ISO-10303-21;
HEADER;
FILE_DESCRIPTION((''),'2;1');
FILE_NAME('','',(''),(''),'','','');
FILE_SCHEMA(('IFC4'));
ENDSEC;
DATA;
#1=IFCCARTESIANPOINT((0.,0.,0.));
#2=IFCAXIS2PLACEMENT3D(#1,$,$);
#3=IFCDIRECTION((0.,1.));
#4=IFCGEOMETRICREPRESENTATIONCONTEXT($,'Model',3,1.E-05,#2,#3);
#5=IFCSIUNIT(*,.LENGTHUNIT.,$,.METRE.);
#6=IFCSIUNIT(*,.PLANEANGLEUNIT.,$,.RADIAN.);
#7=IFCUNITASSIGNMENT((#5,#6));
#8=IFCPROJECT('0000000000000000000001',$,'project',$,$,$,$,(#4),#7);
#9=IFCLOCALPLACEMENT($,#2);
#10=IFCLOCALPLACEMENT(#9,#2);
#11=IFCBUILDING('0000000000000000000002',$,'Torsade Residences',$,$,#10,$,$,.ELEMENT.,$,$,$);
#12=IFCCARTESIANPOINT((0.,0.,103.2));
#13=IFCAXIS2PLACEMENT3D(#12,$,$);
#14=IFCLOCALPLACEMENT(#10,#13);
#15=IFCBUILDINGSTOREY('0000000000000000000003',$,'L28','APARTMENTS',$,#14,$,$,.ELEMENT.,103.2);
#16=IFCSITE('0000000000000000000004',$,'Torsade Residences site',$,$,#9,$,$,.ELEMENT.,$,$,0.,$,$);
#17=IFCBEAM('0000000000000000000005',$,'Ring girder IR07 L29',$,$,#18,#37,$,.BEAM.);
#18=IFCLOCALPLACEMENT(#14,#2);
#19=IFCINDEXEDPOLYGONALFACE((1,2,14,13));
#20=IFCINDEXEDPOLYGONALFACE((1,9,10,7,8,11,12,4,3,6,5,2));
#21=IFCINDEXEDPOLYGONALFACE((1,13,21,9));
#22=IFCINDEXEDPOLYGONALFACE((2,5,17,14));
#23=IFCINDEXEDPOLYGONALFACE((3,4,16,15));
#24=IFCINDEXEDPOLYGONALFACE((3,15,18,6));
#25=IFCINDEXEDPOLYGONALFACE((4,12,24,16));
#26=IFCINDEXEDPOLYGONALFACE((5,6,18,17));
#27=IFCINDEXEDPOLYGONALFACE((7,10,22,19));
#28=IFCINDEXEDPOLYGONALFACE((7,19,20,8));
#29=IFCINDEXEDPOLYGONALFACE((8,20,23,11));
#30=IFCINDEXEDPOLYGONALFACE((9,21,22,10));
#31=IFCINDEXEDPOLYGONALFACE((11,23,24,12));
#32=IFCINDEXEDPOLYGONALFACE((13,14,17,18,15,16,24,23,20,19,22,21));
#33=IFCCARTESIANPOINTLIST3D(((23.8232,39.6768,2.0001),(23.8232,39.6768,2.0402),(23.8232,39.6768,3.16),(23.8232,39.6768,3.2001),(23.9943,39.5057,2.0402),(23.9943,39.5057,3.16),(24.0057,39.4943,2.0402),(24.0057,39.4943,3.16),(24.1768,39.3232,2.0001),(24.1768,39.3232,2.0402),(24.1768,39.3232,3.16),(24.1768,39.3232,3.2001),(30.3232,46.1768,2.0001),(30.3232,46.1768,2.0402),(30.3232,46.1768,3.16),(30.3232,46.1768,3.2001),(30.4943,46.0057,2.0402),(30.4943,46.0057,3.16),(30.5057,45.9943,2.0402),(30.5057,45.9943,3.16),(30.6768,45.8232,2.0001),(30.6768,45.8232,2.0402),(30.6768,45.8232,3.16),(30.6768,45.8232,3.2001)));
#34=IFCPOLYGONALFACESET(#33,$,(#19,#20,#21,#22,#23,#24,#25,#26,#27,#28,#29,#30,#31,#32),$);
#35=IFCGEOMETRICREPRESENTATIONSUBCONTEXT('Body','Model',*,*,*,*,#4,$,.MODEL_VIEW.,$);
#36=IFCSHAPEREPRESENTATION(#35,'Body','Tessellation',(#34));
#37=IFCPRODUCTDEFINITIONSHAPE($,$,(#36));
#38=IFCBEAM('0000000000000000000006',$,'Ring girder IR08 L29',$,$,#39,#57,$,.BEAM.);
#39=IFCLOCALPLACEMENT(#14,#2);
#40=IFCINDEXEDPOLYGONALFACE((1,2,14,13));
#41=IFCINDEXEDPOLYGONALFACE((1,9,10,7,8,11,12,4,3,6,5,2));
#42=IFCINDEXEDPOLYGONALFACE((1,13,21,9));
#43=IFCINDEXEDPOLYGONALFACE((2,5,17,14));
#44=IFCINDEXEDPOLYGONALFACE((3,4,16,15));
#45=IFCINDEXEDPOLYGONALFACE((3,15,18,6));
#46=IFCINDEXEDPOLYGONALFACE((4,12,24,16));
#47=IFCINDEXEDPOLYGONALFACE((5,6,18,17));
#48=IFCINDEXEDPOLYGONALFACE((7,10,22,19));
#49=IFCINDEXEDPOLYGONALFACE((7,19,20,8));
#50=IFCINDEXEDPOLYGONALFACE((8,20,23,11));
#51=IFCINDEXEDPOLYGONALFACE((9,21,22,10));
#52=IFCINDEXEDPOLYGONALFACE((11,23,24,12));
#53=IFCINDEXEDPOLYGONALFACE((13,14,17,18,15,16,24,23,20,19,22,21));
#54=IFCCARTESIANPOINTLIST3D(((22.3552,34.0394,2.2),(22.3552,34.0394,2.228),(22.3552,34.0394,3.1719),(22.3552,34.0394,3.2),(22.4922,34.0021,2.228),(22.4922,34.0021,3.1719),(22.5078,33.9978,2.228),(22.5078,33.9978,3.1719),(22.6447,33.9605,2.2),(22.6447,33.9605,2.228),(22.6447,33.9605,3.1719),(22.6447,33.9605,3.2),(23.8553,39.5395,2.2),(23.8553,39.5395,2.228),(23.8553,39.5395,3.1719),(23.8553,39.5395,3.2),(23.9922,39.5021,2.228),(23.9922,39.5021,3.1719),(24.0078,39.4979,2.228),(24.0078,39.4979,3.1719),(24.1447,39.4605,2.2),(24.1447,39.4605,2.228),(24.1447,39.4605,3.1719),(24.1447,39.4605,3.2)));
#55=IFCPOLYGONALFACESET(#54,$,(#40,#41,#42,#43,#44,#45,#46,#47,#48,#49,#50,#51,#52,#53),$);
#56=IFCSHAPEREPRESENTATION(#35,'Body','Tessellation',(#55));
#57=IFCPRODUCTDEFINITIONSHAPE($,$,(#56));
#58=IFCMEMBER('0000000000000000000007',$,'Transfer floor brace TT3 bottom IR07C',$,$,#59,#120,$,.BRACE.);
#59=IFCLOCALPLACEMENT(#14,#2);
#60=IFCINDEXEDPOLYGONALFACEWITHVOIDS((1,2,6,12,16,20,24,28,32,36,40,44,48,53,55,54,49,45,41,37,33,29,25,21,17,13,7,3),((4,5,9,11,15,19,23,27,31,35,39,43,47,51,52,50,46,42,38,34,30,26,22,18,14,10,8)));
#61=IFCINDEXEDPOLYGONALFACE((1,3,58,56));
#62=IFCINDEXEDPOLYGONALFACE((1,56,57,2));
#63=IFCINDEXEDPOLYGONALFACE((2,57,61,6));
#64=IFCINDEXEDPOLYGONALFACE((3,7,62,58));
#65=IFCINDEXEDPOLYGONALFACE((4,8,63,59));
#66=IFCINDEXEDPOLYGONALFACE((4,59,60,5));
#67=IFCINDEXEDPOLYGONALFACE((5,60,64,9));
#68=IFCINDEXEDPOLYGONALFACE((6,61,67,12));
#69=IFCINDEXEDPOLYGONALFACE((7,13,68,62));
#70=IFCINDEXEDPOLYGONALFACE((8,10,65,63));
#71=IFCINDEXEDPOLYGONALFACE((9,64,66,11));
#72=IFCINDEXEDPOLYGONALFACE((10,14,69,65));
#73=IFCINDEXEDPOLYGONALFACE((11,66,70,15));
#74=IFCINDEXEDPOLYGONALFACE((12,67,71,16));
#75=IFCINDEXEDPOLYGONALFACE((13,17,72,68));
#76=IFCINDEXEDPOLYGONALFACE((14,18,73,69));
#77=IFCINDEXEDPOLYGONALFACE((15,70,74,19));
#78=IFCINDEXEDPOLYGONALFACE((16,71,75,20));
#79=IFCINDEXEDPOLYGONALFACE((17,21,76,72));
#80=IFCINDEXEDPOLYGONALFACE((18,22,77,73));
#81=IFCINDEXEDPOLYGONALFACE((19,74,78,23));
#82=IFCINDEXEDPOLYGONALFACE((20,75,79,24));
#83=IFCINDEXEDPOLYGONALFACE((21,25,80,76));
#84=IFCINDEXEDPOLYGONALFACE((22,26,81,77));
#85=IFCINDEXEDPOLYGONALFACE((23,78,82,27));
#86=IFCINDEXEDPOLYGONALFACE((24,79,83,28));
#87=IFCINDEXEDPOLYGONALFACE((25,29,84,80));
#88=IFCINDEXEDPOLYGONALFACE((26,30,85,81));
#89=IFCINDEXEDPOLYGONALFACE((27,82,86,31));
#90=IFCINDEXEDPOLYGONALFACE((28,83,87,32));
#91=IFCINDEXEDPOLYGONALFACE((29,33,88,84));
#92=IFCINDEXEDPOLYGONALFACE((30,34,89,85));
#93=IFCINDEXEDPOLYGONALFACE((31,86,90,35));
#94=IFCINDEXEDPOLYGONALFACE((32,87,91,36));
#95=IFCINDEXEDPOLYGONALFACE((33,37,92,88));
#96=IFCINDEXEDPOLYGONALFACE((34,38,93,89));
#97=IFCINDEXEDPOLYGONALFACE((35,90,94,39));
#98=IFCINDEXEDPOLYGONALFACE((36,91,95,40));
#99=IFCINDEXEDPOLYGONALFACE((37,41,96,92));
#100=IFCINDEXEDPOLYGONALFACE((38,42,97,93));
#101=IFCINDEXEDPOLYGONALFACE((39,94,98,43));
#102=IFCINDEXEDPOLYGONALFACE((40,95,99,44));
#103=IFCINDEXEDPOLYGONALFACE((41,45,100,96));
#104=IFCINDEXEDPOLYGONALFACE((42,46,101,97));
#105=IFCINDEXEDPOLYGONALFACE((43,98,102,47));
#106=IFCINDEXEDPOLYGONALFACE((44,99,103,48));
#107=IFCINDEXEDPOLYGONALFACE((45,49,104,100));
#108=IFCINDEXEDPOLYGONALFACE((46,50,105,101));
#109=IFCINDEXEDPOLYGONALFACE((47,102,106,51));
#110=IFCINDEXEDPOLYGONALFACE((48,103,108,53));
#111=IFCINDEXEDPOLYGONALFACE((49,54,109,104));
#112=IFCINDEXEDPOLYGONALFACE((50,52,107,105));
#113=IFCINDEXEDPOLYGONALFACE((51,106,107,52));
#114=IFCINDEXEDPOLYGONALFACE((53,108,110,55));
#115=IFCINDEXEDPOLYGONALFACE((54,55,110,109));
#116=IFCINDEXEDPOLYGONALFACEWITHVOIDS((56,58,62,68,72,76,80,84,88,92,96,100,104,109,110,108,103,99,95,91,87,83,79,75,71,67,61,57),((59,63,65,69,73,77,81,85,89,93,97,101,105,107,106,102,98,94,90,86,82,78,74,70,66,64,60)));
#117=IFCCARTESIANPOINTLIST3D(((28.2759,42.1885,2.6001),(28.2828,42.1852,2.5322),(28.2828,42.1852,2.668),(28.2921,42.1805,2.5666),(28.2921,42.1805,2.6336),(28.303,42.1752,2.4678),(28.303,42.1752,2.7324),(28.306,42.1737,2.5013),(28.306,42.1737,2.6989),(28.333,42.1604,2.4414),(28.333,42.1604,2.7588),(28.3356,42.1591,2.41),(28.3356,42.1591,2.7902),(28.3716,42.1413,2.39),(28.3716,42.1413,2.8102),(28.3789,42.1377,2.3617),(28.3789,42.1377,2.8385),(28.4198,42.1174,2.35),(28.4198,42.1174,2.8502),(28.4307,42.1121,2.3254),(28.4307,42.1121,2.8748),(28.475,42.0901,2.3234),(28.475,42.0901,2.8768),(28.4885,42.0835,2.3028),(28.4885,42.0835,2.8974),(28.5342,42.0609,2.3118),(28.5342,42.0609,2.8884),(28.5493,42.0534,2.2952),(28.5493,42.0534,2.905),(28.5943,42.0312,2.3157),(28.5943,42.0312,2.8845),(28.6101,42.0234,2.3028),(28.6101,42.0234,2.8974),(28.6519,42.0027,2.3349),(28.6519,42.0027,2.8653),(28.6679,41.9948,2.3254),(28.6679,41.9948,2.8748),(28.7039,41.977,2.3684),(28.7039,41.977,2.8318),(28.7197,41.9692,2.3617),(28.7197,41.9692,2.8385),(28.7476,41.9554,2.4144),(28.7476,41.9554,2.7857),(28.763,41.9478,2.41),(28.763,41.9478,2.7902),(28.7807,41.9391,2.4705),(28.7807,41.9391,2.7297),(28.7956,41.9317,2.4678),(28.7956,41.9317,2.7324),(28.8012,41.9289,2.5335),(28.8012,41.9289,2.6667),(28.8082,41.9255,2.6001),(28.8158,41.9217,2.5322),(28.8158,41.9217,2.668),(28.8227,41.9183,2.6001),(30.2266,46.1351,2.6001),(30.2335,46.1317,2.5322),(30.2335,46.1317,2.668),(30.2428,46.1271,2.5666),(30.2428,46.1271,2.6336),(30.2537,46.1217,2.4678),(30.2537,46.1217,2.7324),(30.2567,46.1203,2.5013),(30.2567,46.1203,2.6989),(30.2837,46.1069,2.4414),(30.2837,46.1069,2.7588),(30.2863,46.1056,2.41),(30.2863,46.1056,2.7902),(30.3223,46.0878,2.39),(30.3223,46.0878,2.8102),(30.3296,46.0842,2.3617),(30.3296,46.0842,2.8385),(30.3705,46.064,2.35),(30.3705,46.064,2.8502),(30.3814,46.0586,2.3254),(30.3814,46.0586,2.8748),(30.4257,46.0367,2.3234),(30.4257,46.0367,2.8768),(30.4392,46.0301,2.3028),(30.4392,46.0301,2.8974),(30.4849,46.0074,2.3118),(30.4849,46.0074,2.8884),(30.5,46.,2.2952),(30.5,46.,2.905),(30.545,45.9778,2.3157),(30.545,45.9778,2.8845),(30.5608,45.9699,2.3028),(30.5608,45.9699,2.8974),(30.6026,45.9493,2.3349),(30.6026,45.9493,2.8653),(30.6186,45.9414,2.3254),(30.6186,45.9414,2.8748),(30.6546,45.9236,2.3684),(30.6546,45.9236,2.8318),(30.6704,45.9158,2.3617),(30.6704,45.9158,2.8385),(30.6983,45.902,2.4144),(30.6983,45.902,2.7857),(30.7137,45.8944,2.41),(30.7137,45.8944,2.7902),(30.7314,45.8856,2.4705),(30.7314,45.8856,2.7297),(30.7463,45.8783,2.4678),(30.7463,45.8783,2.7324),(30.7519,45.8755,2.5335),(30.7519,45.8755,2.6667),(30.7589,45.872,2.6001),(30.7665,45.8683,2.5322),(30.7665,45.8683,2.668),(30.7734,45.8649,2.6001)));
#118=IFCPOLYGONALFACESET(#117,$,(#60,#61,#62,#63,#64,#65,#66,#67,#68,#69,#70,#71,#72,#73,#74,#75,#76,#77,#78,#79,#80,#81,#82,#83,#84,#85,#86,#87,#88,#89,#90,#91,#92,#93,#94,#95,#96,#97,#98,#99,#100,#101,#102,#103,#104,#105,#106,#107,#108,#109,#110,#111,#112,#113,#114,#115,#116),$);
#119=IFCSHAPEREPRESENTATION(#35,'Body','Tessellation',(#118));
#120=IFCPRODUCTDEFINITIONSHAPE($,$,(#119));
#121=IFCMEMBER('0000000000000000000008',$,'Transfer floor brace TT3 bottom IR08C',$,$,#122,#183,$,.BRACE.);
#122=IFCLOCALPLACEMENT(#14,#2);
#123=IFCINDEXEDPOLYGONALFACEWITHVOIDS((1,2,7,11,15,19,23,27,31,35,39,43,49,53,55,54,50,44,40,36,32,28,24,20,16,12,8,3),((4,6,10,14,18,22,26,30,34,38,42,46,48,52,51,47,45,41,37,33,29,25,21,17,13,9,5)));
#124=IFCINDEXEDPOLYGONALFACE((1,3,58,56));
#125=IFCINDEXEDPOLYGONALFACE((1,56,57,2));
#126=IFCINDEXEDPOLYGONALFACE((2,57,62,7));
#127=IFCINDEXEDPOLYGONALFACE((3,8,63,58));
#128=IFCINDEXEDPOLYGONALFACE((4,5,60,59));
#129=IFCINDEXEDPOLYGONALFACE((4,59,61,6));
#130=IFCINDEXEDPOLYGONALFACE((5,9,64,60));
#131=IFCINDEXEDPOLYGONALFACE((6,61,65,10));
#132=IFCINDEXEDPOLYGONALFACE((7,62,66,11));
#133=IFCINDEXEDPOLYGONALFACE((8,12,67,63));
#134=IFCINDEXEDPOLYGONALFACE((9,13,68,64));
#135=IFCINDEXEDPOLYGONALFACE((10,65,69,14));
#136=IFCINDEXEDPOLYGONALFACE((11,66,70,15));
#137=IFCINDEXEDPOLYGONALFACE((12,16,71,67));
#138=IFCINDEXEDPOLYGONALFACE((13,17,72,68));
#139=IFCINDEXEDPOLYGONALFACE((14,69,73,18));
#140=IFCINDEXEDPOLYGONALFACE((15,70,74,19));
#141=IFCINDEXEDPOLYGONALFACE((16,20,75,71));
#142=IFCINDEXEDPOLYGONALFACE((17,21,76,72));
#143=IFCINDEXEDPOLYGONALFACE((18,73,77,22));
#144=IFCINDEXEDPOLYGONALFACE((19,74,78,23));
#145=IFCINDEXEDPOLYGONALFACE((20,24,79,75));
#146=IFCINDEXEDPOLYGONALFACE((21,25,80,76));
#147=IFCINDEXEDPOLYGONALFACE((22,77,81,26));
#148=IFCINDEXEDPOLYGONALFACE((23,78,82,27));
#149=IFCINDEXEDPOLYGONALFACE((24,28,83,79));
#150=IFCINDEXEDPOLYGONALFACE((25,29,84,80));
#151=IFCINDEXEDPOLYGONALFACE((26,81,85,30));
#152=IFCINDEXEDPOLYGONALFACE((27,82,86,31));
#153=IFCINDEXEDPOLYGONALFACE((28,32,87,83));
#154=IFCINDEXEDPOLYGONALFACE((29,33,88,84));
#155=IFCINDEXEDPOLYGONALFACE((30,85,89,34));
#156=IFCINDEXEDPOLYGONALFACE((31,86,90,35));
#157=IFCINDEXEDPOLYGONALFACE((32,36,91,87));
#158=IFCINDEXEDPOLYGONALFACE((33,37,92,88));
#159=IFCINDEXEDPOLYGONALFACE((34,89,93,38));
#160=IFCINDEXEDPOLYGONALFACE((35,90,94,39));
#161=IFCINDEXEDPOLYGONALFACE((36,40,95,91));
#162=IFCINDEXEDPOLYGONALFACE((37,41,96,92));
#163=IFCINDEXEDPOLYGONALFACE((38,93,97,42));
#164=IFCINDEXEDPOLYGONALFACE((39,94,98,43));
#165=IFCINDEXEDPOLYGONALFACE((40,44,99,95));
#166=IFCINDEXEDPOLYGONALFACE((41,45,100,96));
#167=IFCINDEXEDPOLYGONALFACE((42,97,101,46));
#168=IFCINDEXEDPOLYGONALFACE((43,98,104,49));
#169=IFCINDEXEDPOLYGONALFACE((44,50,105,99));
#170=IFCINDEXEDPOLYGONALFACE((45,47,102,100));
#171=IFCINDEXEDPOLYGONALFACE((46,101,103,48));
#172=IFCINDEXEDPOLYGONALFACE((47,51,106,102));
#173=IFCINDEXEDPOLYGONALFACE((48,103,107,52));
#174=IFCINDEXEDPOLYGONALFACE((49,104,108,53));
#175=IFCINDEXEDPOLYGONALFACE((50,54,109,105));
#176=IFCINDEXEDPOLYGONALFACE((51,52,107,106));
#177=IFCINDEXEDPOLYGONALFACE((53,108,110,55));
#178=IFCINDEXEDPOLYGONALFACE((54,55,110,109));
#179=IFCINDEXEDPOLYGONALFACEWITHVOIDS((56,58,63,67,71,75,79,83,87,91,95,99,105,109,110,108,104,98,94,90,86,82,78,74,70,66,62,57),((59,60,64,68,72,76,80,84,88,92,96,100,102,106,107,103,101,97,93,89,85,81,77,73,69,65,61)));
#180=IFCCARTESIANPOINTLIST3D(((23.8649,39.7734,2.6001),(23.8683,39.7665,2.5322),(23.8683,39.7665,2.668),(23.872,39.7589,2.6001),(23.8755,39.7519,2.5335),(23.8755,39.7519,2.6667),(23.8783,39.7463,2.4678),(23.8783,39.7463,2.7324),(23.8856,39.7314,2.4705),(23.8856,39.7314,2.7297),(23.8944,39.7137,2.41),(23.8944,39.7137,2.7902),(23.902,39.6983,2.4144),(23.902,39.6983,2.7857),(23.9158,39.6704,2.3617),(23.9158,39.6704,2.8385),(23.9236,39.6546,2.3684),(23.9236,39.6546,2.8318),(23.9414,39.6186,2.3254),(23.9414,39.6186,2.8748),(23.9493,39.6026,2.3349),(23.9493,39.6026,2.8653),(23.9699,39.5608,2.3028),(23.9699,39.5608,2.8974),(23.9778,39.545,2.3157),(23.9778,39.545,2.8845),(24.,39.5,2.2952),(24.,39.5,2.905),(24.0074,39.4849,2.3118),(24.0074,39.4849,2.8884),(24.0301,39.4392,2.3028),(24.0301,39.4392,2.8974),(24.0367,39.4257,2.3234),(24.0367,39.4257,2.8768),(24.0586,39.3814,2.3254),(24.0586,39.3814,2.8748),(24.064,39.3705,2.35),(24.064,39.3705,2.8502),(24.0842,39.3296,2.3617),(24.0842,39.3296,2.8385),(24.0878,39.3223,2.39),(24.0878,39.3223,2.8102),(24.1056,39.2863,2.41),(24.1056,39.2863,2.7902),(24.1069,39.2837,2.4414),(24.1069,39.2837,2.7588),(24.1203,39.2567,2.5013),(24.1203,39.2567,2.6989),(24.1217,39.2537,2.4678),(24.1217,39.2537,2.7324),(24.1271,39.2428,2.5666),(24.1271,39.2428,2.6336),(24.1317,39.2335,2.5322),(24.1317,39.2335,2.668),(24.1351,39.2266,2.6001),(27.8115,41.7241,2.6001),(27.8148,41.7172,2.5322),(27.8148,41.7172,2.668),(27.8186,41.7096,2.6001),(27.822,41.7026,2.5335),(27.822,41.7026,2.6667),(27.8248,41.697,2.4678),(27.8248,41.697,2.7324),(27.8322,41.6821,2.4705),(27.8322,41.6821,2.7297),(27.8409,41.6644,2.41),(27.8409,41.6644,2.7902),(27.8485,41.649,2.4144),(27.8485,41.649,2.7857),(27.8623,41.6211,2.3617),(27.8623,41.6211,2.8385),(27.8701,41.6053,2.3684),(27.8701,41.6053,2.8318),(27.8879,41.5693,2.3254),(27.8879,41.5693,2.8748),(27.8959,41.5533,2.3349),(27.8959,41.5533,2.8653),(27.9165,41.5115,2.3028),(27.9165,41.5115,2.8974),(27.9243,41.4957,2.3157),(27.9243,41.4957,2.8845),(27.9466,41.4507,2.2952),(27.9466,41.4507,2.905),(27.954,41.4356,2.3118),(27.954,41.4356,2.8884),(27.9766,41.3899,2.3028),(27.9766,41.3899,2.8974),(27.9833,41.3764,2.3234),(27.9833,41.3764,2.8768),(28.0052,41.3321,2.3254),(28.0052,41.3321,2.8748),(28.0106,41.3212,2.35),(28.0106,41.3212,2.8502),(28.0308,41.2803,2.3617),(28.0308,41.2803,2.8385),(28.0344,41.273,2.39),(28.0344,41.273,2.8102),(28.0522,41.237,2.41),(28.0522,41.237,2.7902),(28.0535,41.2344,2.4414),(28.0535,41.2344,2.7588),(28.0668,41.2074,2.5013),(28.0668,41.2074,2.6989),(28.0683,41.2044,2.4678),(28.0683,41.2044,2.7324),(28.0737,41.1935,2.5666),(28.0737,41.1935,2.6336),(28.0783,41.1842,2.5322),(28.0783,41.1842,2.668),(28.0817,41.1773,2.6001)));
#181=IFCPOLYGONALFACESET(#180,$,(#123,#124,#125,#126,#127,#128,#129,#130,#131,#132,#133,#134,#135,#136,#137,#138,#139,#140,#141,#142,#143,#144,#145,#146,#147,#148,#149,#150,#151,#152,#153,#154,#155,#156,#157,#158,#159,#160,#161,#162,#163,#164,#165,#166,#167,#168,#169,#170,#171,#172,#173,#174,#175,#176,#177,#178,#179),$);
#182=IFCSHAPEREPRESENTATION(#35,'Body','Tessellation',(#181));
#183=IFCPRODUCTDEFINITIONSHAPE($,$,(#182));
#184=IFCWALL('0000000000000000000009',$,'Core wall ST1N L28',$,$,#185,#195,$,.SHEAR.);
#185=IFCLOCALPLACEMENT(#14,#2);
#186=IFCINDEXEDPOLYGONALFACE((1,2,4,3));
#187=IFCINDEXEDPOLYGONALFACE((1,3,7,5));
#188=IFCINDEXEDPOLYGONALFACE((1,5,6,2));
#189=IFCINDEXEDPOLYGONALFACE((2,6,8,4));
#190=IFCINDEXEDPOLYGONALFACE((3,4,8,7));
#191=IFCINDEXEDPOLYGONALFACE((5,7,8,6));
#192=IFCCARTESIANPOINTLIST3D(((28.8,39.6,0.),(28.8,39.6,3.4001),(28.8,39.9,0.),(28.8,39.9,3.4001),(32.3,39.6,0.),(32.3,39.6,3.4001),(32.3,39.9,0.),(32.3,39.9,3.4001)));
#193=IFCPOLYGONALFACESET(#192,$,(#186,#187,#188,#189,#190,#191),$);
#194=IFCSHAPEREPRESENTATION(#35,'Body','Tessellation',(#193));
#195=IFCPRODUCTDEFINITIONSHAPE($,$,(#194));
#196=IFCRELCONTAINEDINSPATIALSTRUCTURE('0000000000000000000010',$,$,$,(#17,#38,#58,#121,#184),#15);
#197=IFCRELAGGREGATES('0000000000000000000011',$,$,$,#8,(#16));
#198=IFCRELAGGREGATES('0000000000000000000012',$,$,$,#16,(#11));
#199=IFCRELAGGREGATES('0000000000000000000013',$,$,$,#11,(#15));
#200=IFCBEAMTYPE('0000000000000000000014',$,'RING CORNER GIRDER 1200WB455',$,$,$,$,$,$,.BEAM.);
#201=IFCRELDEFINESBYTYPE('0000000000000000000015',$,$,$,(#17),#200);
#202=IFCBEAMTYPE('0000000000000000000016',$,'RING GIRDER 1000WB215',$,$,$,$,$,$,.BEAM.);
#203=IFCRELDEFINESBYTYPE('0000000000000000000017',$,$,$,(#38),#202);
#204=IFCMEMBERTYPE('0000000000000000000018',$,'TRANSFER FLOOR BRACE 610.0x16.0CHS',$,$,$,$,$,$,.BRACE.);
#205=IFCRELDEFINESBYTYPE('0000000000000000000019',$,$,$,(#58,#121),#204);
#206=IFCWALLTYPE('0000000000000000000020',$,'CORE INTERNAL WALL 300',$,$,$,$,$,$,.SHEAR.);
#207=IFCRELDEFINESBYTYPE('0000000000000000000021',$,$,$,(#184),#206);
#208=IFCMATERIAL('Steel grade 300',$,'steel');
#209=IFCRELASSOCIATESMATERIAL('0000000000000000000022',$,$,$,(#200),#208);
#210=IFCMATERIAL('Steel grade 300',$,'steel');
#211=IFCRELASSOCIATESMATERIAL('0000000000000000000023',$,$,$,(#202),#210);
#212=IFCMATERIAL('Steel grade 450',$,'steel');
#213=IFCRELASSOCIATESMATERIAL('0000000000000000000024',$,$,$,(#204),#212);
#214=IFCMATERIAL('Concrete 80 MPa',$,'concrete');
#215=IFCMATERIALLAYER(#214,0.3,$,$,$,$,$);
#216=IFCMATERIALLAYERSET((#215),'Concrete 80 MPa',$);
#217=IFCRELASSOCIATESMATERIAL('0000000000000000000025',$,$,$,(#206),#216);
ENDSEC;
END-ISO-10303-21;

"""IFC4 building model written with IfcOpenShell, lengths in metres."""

from ifc_helpers import new_model, si_unit, direction, frame, frame_2d, origin, origin_2d, place, context, subcontext, project, spatial, rectangle, hollow_circle, i_section, extrude, material, layer, layer_set, material_profile, profile_set, type_object, element, save


model = new_model("IFC4")

# Units and contexts
model_context = context("Model", 3, precision=1e-05, world=origin(), true_north=direction((0.0, 1.0)))
body_context = subcontext(model_context, "Body", "Model", "MODEL_VIEW")
ifc_project = project(units=[si_unit("LENGTHUNIT", "METRE"), si_unit("PLANEANGLEUNIT", "RADIAN")], contexts=[model_context])

# Site, building, storey
site_placement = place(None, origin())
site = spatial("IfcSite", under=ifc_project, at=site_placement, Name="Torsade Residences site", CompositionType="ELEMENT", RefElevation=0.0)
building_placement = place(site_placement, origin())
building = spatial("IfcBuilding", under=site, at=building_placement, Name="Torsade Residences", CompositionType="ELEMENT")
storey_placement = place(building_placement, frame((0.0, 0.0, 103.2)))
storey = spatial("IfcBuildingStorey", under=building, at=storey_placement, Name="L28", Description="APARTMENTS", CompositionType="ELEMENT", Elevation=103.2)

# Beams
ifc_material_1 = material(Name="Steel grade 300", Category="steel")
ifc_material_profile_1 = material_profile(ifc_material_1, i_section(OverallWidth=0.5, OverallDepth=1.2, WebThickness=0.0161, FlangeThickness=0.04, at=origin_2d()), Name="1200WB455")
ifc_profile_set_1 = profile_set([ifc_material_profile_1], Name="Steel grade 300")
beam_type_1 = type_object("IfcBeamType", Name="RING CORNER GIRDER 1200WB455", PredefinedType="BEAM", material=ifc_profile_set_1)
beam_1_placement = place(storey_placement, frame((30.5, 46.0, 2.6001), z_axis=(-0.707107, -0.707107, 0.0), x_axis=(0.707107, -0.707107, 0.0)))
element("IfcBeam", 1, at=beam_1_placement, inside=storey, type_object=beam_type_1, Name="Ring girder IR07 L29", PredefinedType="BEAM", context=body_context, shape_type="SweptSolid", body=[
    extrude(i_section(OverallWidth=0.5, OverallDepth=1.2, WebThickness=0.0161, FlangeThickness=0.04, at=origin_2d()), origin(), (0.0, 0.0, 1.0), 9.1924),
])
ifc_material_2 = material(Name="Steel grade 300", Category="steel")
ifc_material_profile_2 = material_profile(ifc_material_2, i_section(OverallWidth=0.3, OverallDepth=1.0, WebThickness=0.0161, FlangeThickness=0.0281, at=origin_2d()), Name="1000WB215")
ifc_profile_set_2 = profile_set([ifc_material_profile_2], Name="Steel grade 300")
beam_type_2 = type_object("IfcBeamType", Name="RING GIRDER 1000WB215", PredefinedType="BEAM", material=ifc_profile_set_2)
beam_2_placement = place(storey_placement, frame((24.0, 39.5, 2.7), z_axis=(-0.263117, -0.964764, 0.0), x_axis=(0.964764, -0.263117, 0.0)))
element("IfcBeam", 2, at=beam_2_placement, inside=storey, type_object=beam_type_2, Name="Ring girder IR08 L29", PredefinedType="BEAM", context=body_context, shape_type="SweptSolid", body=[
    extrude(i_section(OverallWidth=0.3, OverallDepth=1.0, WebThickness=0.0161, FlangeThickness=0.0281, at=origin_2d()), origin(), (0.0, 0.0, 1.0), 5.7009),
])

# Members
ifc_material_3 = material(Name="Steel grade 450", Category="steel")
ifc_material_profile_3 = material_profile(ifc_material_3, hollow_circle(Radius=0.3049, WallThickness=0.0161, at=origin_2d()), Name="610.0x16.0CHS")
ifc_profile_set_3 = profile_set([ifc_material_profile_3], Name="Steel grade 450")
member_type = type_object("IfcMemberType", Name="TRANSFER FLOOR BRACE 610.0x16.0CHS", PredefinedType="BRACE", material=ifc_profile_set_3)
for number, where, z_axis, x_axis, name in (
    (3, (30.5, 46.0, 2.6001), (-0.443105, -0.89647, 0.0), (0.89647, -0.443105, 0.0), "Transfer floor brace TT3 bottom IR07C"),
    (4, (24.0, 39.5, 2.6001), (0.89647, 0.443105, 0.0), (-0.443105, 0.89647, 0.0), "Transfer floor brace TT3 bottom IR08C"),
):
    element("IfcMember", number, at=place(storey_placement, frame(where, z_axis=z_axis, x_axis=x_axis)), inside=storey, type_object=member_type, Name=name, PredefinedType="BRACE", context=body_context, shape_type="SweptSolid", body=[
        extrude(hollow_circle(Radius=0.3049, WallThickness=0.0161, at=origin_2d()), origin(), (0.0, 0.0, 1.0), 4.4023),
    ])

# Wall
ifc_material_4 = material(Name="Concrete 80 MPa", Category="concrete")
ifc_layer_1 = layer(ifc_material_4, 0.3)
ifc_layer_set_1 = layer_set([ifc_layer_1], Name="Concrete 80 MPa")
wall_type_1 = type_object("IfcWallType", Name="CORE INTERNAL WALL 300", PredefinedType="SHEAR", material=ifc_layer_set_1)
wall_1_placement = place(storey_placement, frame((28.8, 39.75, 0.0), z_axis=(0.0, 0.0, 1.0), x_axis=(1.0, 0.0, 0.0)))
element("IfcWall", 5, at=wall_1_placement, inside=storey, type_object=wall_type_1, Name="Core wall ST1N L28", PredefinedType="SHEAR", context=body_context, shape_type="SweptSolid", body=[
    extrude(rectangle(XDim=3.5, YDim=0.3, at=frame_2d((1.75, 0.0))), origin(), (0.0, 0.0, 1.0), 3.4001),
])

save(model, "model.ifc")
